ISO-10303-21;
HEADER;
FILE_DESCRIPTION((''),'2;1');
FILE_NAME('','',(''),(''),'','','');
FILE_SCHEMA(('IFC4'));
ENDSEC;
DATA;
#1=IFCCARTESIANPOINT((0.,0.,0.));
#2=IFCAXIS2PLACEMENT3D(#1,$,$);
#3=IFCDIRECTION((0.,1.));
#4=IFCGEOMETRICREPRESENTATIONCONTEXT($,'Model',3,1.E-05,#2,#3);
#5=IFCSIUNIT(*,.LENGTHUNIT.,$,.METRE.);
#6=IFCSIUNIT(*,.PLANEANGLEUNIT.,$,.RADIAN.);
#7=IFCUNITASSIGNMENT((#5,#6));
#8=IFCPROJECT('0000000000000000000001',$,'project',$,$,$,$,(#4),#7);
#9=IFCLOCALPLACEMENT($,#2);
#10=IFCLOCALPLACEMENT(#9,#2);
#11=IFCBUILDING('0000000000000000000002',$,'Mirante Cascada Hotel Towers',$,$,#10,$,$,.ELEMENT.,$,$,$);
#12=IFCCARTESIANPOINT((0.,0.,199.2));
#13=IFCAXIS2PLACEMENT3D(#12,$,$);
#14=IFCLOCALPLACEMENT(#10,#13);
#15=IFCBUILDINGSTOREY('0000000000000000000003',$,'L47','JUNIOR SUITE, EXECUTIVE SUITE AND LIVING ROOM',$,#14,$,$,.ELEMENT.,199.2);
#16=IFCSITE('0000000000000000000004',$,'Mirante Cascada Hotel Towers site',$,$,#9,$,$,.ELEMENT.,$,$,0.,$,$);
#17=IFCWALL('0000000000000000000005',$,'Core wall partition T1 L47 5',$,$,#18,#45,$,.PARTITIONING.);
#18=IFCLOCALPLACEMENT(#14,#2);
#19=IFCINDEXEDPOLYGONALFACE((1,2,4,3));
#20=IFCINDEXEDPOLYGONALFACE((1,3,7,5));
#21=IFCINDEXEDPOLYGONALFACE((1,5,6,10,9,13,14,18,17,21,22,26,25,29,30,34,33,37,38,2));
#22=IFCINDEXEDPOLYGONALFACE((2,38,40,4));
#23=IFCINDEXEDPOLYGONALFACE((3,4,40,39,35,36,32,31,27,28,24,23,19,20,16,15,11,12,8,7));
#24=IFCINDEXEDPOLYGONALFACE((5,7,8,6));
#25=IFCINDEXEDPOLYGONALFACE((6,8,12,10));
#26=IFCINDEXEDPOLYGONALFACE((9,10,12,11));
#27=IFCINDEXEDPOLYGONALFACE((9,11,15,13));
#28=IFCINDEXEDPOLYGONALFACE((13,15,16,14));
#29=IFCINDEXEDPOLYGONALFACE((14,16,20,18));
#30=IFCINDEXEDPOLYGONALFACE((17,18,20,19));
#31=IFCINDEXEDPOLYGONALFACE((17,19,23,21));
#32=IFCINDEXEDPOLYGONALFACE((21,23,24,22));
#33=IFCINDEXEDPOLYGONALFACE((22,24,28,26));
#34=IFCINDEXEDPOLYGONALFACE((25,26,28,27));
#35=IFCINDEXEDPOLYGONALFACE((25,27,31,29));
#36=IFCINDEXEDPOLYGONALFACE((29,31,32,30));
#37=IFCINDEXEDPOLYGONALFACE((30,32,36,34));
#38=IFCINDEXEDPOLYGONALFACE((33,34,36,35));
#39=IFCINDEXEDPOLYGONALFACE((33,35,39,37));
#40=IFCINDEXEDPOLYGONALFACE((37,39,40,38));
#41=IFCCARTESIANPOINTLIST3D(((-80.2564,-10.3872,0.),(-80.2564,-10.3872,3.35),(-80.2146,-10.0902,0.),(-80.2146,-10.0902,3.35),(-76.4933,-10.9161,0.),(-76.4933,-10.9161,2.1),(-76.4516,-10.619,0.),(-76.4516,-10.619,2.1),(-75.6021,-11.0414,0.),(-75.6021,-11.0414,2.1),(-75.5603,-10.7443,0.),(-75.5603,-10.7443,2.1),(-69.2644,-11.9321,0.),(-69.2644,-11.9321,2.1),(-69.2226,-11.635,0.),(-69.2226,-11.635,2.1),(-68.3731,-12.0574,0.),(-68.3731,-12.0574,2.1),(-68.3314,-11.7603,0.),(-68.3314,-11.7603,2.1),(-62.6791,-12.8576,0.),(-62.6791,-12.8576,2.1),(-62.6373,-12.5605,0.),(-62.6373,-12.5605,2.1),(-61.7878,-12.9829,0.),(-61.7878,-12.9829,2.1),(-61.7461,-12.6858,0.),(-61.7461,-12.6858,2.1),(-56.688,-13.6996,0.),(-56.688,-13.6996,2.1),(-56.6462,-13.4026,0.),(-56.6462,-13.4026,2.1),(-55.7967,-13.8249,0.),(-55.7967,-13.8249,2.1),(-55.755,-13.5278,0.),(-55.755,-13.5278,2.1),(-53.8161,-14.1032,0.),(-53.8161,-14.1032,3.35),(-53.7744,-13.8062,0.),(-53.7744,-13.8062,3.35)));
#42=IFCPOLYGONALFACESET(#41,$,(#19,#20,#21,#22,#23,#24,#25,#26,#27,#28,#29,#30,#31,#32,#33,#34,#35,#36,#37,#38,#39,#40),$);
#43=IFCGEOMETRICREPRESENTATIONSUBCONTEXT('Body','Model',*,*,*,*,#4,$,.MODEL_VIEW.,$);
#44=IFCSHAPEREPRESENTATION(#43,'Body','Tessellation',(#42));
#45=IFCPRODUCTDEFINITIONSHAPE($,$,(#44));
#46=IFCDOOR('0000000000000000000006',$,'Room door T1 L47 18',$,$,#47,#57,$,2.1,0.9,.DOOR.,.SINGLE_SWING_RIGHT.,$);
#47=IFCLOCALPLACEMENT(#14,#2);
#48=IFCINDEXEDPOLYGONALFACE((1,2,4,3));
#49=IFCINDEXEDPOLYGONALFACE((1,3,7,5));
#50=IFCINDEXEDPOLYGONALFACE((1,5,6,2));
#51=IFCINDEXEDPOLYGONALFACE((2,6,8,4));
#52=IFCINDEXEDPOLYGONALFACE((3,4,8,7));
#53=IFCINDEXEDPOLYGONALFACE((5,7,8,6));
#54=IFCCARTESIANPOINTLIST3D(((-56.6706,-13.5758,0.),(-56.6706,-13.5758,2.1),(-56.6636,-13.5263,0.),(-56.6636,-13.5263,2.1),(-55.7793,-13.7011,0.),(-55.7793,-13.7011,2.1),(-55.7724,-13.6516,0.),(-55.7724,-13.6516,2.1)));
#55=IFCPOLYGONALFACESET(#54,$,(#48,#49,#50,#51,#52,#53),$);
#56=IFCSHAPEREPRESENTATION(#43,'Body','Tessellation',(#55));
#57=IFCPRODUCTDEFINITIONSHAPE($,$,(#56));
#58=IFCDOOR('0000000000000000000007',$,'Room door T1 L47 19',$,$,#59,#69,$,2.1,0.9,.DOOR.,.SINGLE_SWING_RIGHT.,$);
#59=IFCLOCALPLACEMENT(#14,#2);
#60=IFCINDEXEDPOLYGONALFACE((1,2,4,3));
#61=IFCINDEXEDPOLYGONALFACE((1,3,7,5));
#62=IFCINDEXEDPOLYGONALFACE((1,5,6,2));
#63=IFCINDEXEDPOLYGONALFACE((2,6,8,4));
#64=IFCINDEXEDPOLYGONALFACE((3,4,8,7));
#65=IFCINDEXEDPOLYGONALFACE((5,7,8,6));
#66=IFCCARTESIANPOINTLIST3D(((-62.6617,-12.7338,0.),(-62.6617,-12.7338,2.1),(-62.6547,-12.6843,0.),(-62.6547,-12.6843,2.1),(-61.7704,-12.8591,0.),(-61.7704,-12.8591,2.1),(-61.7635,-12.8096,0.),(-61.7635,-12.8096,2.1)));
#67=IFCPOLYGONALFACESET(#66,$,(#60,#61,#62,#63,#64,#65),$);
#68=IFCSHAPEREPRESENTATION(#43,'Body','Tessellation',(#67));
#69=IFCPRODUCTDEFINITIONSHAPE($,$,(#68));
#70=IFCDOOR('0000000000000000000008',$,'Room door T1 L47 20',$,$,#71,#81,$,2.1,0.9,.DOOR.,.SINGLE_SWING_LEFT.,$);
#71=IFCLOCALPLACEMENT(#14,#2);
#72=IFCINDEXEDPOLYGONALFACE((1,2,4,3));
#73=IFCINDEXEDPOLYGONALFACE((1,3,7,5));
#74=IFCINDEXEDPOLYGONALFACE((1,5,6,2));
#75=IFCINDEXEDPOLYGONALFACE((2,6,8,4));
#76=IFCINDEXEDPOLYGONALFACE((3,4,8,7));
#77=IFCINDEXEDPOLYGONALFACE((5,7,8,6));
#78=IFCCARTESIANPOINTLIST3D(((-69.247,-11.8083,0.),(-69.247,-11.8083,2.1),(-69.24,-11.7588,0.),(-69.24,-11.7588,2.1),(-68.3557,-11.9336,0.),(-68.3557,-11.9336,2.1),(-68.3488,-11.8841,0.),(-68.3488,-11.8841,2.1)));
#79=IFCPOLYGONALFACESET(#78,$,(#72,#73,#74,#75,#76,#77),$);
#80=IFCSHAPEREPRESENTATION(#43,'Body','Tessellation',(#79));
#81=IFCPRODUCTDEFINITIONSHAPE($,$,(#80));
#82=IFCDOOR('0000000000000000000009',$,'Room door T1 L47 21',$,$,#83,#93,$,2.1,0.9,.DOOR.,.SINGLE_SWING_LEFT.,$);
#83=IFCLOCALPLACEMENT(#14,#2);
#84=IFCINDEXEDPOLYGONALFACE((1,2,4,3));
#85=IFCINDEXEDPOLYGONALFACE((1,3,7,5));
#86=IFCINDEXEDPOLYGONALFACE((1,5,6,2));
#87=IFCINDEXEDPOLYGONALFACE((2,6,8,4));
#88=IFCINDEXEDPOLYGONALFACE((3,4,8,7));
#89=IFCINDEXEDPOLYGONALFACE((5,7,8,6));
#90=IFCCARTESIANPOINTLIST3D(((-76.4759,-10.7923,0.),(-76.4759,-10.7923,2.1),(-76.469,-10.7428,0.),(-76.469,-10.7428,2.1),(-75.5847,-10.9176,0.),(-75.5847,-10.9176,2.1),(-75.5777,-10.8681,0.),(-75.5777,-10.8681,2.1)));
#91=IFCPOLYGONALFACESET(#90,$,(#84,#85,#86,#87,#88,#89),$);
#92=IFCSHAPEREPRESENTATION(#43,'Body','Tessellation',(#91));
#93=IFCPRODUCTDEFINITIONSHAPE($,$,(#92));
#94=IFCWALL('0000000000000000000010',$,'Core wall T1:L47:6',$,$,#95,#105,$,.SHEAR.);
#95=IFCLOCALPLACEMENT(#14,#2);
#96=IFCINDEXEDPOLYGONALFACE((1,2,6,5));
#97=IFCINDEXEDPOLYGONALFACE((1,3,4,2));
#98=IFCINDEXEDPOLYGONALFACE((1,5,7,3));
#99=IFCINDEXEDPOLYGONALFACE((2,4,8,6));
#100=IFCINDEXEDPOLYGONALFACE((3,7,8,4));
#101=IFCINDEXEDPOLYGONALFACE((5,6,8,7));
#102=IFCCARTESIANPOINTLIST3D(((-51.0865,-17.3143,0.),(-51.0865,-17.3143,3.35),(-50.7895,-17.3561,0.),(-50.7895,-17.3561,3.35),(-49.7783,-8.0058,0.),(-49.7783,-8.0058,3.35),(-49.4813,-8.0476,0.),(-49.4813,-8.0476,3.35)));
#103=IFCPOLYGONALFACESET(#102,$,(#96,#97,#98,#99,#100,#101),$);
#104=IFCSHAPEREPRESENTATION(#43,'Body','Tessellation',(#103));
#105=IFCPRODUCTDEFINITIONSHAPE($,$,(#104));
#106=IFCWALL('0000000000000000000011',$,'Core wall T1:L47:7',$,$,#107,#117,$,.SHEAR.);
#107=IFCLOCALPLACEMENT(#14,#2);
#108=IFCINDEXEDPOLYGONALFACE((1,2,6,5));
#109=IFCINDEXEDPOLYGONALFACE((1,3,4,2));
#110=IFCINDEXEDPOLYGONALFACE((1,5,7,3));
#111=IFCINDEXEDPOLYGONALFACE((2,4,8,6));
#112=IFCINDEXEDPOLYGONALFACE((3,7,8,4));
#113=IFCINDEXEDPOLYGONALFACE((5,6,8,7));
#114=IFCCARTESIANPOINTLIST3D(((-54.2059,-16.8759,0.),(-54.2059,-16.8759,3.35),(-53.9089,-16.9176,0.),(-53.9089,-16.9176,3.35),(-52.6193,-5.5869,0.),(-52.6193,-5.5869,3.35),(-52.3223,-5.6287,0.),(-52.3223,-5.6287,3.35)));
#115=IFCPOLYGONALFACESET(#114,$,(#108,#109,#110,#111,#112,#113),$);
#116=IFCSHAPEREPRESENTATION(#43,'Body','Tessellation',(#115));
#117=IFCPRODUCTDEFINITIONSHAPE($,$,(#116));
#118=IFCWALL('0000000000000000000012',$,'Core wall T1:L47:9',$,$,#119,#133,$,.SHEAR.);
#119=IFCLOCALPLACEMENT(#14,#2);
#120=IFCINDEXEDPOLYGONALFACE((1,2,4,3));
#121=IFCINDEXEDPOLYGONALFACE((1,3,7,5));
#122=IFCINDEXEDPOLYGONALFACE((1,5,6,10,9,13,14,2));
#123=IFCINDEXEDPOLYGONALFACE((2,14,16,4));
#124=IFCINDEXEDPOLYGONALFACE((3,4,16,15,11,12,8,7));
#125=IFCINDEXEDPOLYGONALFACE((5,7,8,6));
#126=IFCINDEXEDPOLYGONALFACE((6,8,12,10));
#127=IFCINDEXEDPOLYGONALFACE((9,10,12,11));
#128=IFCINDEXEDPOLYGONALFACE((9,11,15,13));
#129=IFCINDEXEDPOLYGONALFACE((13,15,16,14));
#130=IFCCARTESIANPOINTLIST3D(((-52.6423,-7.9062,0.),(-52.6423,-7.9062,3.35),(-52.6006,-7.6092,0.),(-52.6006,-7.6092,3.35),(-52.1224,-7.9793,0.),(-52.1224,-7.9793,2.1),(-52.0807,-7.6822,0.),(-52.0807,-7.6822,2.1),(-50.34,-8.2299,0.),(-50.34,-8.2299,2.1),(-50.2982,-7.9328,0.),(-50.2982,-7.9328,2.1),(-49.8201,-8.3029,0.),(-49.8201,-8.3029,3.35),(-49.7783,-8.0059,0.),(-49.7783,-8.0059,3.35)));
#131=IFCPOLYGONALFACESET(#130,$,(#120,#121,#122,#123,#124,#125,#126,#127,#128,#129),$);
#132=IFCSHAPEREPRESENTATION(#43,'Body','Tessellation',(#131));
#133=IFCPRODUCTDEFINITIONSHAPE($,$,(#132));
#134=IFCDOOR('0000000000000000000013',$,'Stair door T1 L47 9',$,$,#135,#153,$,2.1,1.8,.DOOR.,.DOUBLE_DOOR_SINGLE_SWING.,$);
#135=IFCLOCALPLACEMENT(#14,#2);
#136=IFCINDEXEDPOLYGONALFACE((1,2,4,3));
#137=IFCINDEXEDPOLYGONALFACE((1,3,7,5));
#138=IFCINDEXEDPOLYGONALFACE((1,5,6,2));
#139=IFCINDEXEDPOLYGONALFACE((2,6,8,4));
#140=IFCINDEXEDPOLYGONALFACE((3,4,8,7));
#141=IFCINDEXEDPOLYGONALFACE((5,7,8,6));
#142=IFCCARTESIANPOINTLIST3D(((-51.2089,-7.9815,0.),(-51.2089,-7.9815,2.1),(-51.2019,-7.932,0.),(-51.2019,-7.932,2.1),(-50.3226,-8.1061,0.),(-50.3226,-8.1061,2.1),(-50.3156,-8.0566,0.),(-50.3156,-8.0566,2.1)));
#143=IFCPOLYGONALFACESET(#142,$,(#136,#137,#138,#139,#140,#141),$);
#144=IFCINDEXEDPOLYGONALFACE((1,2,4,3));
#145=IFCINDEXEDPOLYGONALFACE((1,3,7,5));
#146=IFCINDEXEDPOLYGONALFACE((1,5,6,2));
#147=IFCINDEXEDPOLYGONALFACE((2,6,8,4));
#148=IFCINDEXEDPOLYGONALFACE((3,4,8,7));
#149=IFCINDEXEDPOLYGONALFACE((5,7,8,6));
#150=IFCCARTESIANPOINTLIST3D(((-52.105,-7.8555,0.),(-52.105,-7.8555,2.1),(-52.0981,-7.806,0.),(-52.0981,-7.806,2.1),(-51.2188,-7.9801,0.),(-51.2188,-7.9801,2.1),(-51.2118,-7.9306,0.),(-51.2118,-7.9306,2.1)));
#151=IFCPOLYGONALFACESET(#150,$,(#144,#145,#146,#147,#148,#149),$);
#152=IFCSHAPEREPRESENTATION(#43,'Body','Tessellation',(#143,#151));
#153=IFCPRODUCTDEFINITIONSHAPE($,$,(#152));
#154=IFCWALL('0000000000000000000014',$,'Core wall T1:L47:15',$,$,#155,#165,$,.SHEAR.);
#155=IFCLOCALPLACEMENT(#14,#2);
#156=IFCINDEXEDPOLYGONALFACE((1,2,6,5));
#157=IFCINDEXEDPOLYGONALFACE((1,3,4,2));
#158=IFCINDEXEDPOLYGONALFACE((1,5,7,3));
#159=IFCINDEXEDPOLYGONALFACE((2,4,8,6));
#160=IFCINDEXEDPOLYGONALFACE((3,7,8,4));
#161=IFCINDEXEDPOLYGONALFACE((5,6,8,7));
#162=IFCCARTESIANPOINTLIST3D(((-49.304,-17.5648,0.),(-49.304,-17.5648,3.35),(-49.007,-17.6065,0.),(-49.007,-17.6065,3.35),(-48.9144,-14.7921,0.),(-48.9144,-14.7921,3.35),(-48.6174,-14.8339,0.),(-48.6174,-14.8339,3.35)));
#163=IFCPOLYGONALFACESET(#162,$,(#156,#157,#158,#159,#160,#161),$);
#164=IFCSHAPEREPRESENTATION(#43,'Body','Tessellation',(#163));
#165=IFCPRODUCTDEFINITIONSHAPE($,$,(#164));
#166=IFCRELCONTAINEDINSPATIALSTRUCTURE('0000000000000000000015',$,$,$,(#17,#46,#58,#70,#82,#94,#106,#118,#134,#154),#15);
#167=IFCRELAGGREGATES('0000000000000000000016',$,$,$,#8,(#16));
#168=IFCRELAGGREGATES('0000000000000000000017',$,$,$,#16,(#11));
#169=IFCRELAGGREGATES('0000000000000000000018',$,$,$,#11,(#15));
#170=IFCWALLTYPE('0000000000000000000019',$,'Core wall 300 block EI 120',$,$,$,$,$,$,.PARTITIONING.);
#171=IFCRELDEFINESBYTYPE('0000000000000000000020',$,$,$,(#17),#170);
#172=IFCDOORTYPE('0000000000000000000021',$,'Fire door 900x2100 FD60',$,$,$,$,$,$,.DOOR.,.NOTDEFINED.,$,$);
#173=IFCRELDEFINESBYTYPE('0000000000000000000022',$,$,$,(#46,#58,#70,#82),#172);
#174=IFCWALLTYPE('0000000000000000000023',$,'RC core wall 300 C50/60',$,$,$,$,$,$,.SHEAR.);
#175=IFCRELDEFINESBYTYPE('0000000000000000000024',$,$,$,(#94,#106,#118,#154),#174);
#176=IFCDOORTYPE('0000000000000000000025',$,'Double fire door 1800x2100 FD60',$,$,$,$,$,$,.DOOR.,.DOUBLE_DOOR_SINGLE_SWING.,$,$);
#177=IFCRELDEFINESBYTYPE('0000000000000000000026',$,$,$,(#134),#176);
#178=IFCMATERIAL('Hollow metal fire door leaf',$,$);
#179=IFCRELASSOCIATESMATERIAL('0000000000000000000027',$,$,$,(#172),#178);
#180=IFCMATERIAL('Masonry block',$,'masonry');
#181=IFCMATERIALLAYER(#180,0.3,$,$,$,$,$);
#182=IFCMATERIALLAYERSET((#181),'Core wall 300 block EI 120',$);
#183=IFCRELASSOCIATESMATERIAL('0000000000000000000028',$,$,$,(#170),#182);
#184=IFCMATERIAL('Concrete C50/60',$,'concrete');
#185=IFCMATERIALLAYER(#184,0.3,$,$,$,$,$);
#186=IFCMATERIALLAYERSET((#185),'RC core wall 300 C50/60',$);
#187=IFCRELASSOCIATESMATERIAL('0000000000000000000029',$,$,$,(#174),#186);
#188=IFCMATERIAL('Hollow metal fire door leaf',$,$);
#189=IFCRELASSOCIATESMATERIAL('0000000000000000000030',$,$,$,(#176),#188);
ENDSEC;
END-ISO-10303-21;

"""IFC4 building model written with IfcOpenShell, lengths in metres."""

from ifc_helpers import new_model, si_unit, direction, frame, frame_2d, origin, place, context, subcontext, project, spatial, rectangle, extrude, material, layer, layer_set, type_object, element, fill, save


model = new_model("IFC4")

# Units and contexts
model_context = context("Model", 3, precision=1e-05, world=origin(), true_north=direction((0.0, 1.0)))
body_context = subcontext(model_context, "Body", "Model", "MODEL_VIEW")
ifc_project = project(units=[si_unit("LENGTHUNIT", "METRE"), si_unit("PLANEANGLEUNIT", "RADIAN")], contexts=[model_context])

# Site, building, storey
site_placement = place(None, origin())
site = spatial("IfcSite", under=ifc_project, at=site_placement, Name="Mirante Cascada Hotel Towers site", CompositionType="ELEMENT", RefElevation=0.0)
building_placement = place(site_placement, origin())
building = spatial("IfcBuilding", under=site, at=building_placement, Name="Mirante Cascada Hotel Towers", CompositionType="ELEMENT")
storey_placement = place(building_placement, frame((0.0, 0.0, 199.2)))
storey = spatial("IfcBuildingStorey", under=building, at=storey_placement, Name="L47", Description="JUNIOR SUITE, EXECUTIVE SUITE AND LIVING ROOM", CompositionType="ELEMENT", Elevation=199.2)

# Shared definitions
ifc_material_1 = material(Name="Hollow metal fire door leaf")
door_type_1 = type_object("IfcDoorType", Name="Fire door 900x2100 FD60", OperationType="NOTDEFINED", PredefinedType="DOOR", material=ifc_material_1)

# Wall, openings, doors
ifc_material_2 = material(Name="Masonry block", Category="masonry")
ifc_layer_1 = layer(ifc_material_2, 0.3)
ifc_layer_set_1 = layer_set([ifc_layer_1], Name="Core wall 300 block EI 120")
wall_type_1 = type_object("IfcWallType", Name="Core wall 300 block EI 120", PredefinedType="PARTITIONING", material=ifc_layer_set_1)
wall_1_placement = place(storey_placement, frame((-53.7953, -13.9547, 0.0), z_axis=(0.0, 0.0, 1.0), x_axis=(-0.990268, 0.139176, 0.0)))
wall_1 = element("IfcWall", 1, at=wall_1_placement, inside=storey, type_object=wall_type_1, Name="Core wall partition T1 L47 5", PredefinedType="PARTITIONING", context=body_context, shape_type="SweptSolid", body=[
    extrude(rectangle(XDim=26.7001, YDim=0.3, at=frame_2d((13.35, 0.0))), origin(), (0.0, 0.0, 1.0), 3.35),
])
opening_1_placement = place(wall_1_placement, frame((2.0, 0.0, 0.0)))
opening_1 = element("IfcOpeningElement", 2, at=opening_1_placement, cuts=wall_1, PredefinedType="OPENING", context=body_context, shape_type="SweptSolid", body=[
    extrude(rectangle(XDim=0.9, YDim=2.1, at=frame_2d((0.45, 1.05))), frame((0.0, 0.15, 0.0), z_axis=(0.0, -1.0, 0.0), x_axis=(1.0, 0.0, 0.0)), (0.0, 0.0, 1.0), 0.3),
])
opening_2_placement = place(wall_1_placement, frame((8.05, 0.0, 0.0)))
opening_2 = element("IfcOpeningElement", 3, at=opening_2_placement, cuts=wall_1, PredefinedType="OPENING", context=body_context, shape_type="SweptSolid", body=[
    extrude(rectangle(XDim=0.9, YDim=2.1, at=frame_2d((0.45, 1.05))), frame((0.0, 0.15, 0.0), z_axis=(0.0, -1.0, 0.0), x_axis=(1.0, 0.0, 0.0)), (0.0, 0.0, 1.0), 0.3),
])
opening_3_placement = place(wall_1_placement, frame((14.7, 0.0, 0.0)))
opening_3 = element("IfcOpeningElement", 4, at=opening_3_placement, cuts=wall_1, PredefinedType="OPENING", context=body_context, shape_type="SweptSolid", body=[
    extrude(rectangle(XDim=0.9, YDim=2.1, at=frame_2d((0.45, 1.05))), frame((0.0, 0.15, 0.0), z_axis=(0.0, -1.0, 0.0), x_axis=(1.0, 0.0, 0.0)), (0.0, 0.0, 1.0), 0.3),
])
opening_4_placement = place(wall_1_placement, frame((22.0, 0.0, 0.0)))
opening_4 = element("IfcOpeningElement", 5, at=opening_4_placement, cuts=wall_1, PredefinedType="OPENING", context=body_context, shape_type="SweptSolid", body=[
    extrude(rectangle(XDim=0.9, YDim=2.1, at=frame_2d((0.45, 1.05))), frame((0.0, 0.15, 0.0), z_axis=(0.0, -1.0, 0.0), x_axis=(1.0, 0.0, 0.0)), (0.0, 0.0, 1.0), 0.3),
])
door_1_placement = place(opening_1_placement, origin())
door_1 = element("IfcDoor", 6, at=door_1_placement, inside=storey, type_object=door_type_1, Name="Room door T1 L47 18", OperationType="SINGLE_SWING_RIGHT", OverallHeight=2.1, OverallWidth=0.9, PredefinedType="DOOR", context=body_context, shape_type="SweptSolid", body=[
    extrude(rectangle(XDim=0.9, YDim=2.1, at=frame_2d((0.45, 1.05))), frame((0.0, 0.025, 0.0), z_axis=(0.0, -1.0, 0.0), x_axis=(1.0, 0.0, 0.0)), (0.0, 0.0, 1.0), 0.05),
])
fill(opening_1, door_1)
door_2_placement = place(opening_2_placement, origin())
door_2 = element("IfcDoor", 7, at=door_2_placement, inside=storey, type_object=door_type_1, Name="Room door T1 L47 19", OperationType="SINGLE_SWING_RIGHT", OverallHeight=2.1, OverallWidth=0.9, PredefinedType="DOOR", context=body_context, shape_type="SweptSolid", body=[
    extrude(rectangle(XDim=0.9, YDim=2.1, at=frame_2d((0.45, 1.05))), frame((0.0, 0.025, 0.0), z_axis=(0.0, -1.0, 0.0), x_axis=(1.0, 0.0, 0.0)), (0.0, 0.0, 1.0), 0.05),
])
fill(opening_2, door_2)
door_3_placement = place(opening_3_placement, origin())
door_3 = element("IfcDoor", 8, at=door_3_placement, inside=storey, type_object=door_type_1, Name="Room door T1 L47 20", OperationType="SINGLE_SWING_LEFT", OverallHeight=2.1, OverallWidth=0.9, PredefinedType="DOOR", context=body_context, shape_type="SweptSolid", body=[
    extrude(rectangle(XDim=0.9, YDim=2.1, at=frame_2d((0.45, 1.05))), frame((0.0, 0.025, 0.0), z_axis=(0.0, -1.0, 0.0), x_axis=(1.0, 0.0, 0.0)), (0.0, 0.0, 1.0), 0.05),
])
fill(opening_3, door_3)
door_4_placement = place(opening_4_placement, origin())
door_4 = element("IfcDoor", 9, at=door_4_placement, inside=storey, type_object=door_type_1, Name="Room door T1 L47 21", OperationType="SINGLE_SWING_LEFT", OverallHeight=2.1, OverallWidth=0.9, PredefinedType="DOOR", context=body_context, shape_type="SweptSolid", body=[
    extrude(rectangle(XDim=0.9, YDim=2.1, at=frame_2d((0.45, 1.05))), frame((0.0, 0.025, 0.0), z_axis=(0.0, -1.0, 0.0), x_axis=(1.0, 0.0, 0.0)), (0.0, 0.0, 1.0), 0.05),
])
fill(opening_4, door_4)

# Walls
ifc_material_3 = material(Name="Concrete C50/60", Category="concrete")
ifc_layer_2 = layer(ifc_material_3, 0.3)
ifc_layer_set_2 = layer_set([ifc_layer_2], Name="RC core wall 300 C50/60")
wall_type_2 = type_object("IfcWallType", Name="RC core wall 300 C50/60", PredefinedType="SHEAR", material=ifc_layer_set_2)
wall_2_placement = place(storey_placement, frame((-50.938, -17.3352, 0.0), z_axis=(0.0, 0.0, 1.0), x_axis=(0.139171, 0.990268, 0.0)))
element("IfcWall", 10, at=wall_2_placement, inside=storey, type_object=wall_type_2, Name="Core wall T1:L47:6", PredefinedType="SHEAR", context=body_context, shape_type="SweptSolid", body=[
    extrude(rectangle(XDim=9.4, YDim=0.3, at=frame_2d((4.7, 0.0))), origin(), (0.0, 0.0, 1.0), 3.35),
])
wall_3_placement = place(storey_placement, frame((-54.0574, -16.8968, 0.0), z_axis=(0.0, 0.0, 1.0), x_axis=(0.139176, 0.990268, 0.0)))
element("IfcWall", 11, at=wall_3_placement, inside=storey, type_object=wall_type_2, Name="Core wall T1:L47:7", PredefinedType="SHEAR", context=body_context, shape_type="SweptSolid", body=[
    extrude(rectangle(XDim=11.3999, YDim=0.3, at=frame_2d((5.7, 0.0))), origin(), (0.0, 0.0, 1.0), 3.35),
])

# Wall, opening, door
wall_4_placement = place(storey_placement, frame((-49.7992, -8.1544, 0.0), z_axis=(0.0, 0.0, 1.0), x_axis=(-0.990266, 0.139191, 0.0)))
wall_4 = element("IfcWall", 12, at=wall_4_placement, inside=storey, type_object=wall_type_2, Name="Core wall T1:L47:9", PredefinedType="SHEAR", context=body_context, shape_type="SweptSolid", body=[
    extrude(rectangle(XDim=2.85, YDim=0.3, at=frame_2d((1.425, 0.0))), origin(), (0.0, 0.0, 1.0), 3.35),
])
opening_5_placement = place(wall_4_placement, frame((0.525, 0.0, 0.0)))
opening_5 = element("IfcOpeningElement", 13, at=opening_5_placement, cuts=wall_4, PredefinedType="OPENING", context=body_context, shape_type="SweptSolid", body=[
    extrude(rectangle(XDim=1.8, YDim=2.1, at=frame_2d((0.9, 1.05))), frame((0.0, 0.15, 0.0), z_axis=(0.0, -1.0, 0.0), x_axis=(1.0, 0.0, 0.0)), (0.0, 0.0, 1.0), 0.3),
])
ifc_material_4 = material(Name="Hollow metal fire door leaf")
door_type_2 = type_object("IfcDoorType", Name="Double fire door 1800x2100 FD60", OperationType="DOUBLE_DOOR_SINGLE_SWING", PredefinedType="DOOR", material=ifc_material_4)
door_5_placement = place(opening_5_placement, origin())
door_5 = element("IfcDoor", 14, at=door_5_placement, inside=storey, type_object=door_type_2, Name="Stair door T1 L47 9", OperationType="DOUBLE_DOOR_SINGLE_SWING", OverallHeight=2.1, OverallWidth=1.8, PredefinedType="DOOR", context=body_context, shape_type="SweptSolid", body=[
    extrude(rectangle(XDim=0.895, YDim=2.1, at=frame_2d((0.4475, 1.05))), frame((0.0, 0.025, 0.0), z_axis=(0.0, -1.0, 0.0), x_axis=(1.0, 0.0, 0.0)), (0.0, 0.0, 1.0), 0.05),
    extrude(rectangle(XDim=0.895, YDim=2.1, at=frame_2d((1.3525, 1.05))), frame((0.0, 0.025, 0.0), z_axis=(0.0, -1.0, 0.0), x_axis=(1.0, 0.0, 0.0)), (0.0, 0.0, 1.0), 0.05),
])
fill(opening_5, door_5)

# Wall
wall_5_placement = place(storey_placement, frame((-49.1555, -17.5857, 0.0), z_axis=(0.0, 0.0, 1.0), x_axis=(0.139146, 0.990272, 0.0)))
element("IfcWall", 15, at=wall_5_placement, inside=storey, type_object=wall_type_2, Name="Core wall T1:L47:15", PredefinedType="SHEAR", context=body_context, shape_type="SweptSolid", body=[
    extrude(rectangle(XDim=2.7999, YDim=0.3, at=frame_2d((1.4, 0.0))), origin(), (0.0, 0.0, 1.0), 3.35),
])

save(model, "model.ifc")
